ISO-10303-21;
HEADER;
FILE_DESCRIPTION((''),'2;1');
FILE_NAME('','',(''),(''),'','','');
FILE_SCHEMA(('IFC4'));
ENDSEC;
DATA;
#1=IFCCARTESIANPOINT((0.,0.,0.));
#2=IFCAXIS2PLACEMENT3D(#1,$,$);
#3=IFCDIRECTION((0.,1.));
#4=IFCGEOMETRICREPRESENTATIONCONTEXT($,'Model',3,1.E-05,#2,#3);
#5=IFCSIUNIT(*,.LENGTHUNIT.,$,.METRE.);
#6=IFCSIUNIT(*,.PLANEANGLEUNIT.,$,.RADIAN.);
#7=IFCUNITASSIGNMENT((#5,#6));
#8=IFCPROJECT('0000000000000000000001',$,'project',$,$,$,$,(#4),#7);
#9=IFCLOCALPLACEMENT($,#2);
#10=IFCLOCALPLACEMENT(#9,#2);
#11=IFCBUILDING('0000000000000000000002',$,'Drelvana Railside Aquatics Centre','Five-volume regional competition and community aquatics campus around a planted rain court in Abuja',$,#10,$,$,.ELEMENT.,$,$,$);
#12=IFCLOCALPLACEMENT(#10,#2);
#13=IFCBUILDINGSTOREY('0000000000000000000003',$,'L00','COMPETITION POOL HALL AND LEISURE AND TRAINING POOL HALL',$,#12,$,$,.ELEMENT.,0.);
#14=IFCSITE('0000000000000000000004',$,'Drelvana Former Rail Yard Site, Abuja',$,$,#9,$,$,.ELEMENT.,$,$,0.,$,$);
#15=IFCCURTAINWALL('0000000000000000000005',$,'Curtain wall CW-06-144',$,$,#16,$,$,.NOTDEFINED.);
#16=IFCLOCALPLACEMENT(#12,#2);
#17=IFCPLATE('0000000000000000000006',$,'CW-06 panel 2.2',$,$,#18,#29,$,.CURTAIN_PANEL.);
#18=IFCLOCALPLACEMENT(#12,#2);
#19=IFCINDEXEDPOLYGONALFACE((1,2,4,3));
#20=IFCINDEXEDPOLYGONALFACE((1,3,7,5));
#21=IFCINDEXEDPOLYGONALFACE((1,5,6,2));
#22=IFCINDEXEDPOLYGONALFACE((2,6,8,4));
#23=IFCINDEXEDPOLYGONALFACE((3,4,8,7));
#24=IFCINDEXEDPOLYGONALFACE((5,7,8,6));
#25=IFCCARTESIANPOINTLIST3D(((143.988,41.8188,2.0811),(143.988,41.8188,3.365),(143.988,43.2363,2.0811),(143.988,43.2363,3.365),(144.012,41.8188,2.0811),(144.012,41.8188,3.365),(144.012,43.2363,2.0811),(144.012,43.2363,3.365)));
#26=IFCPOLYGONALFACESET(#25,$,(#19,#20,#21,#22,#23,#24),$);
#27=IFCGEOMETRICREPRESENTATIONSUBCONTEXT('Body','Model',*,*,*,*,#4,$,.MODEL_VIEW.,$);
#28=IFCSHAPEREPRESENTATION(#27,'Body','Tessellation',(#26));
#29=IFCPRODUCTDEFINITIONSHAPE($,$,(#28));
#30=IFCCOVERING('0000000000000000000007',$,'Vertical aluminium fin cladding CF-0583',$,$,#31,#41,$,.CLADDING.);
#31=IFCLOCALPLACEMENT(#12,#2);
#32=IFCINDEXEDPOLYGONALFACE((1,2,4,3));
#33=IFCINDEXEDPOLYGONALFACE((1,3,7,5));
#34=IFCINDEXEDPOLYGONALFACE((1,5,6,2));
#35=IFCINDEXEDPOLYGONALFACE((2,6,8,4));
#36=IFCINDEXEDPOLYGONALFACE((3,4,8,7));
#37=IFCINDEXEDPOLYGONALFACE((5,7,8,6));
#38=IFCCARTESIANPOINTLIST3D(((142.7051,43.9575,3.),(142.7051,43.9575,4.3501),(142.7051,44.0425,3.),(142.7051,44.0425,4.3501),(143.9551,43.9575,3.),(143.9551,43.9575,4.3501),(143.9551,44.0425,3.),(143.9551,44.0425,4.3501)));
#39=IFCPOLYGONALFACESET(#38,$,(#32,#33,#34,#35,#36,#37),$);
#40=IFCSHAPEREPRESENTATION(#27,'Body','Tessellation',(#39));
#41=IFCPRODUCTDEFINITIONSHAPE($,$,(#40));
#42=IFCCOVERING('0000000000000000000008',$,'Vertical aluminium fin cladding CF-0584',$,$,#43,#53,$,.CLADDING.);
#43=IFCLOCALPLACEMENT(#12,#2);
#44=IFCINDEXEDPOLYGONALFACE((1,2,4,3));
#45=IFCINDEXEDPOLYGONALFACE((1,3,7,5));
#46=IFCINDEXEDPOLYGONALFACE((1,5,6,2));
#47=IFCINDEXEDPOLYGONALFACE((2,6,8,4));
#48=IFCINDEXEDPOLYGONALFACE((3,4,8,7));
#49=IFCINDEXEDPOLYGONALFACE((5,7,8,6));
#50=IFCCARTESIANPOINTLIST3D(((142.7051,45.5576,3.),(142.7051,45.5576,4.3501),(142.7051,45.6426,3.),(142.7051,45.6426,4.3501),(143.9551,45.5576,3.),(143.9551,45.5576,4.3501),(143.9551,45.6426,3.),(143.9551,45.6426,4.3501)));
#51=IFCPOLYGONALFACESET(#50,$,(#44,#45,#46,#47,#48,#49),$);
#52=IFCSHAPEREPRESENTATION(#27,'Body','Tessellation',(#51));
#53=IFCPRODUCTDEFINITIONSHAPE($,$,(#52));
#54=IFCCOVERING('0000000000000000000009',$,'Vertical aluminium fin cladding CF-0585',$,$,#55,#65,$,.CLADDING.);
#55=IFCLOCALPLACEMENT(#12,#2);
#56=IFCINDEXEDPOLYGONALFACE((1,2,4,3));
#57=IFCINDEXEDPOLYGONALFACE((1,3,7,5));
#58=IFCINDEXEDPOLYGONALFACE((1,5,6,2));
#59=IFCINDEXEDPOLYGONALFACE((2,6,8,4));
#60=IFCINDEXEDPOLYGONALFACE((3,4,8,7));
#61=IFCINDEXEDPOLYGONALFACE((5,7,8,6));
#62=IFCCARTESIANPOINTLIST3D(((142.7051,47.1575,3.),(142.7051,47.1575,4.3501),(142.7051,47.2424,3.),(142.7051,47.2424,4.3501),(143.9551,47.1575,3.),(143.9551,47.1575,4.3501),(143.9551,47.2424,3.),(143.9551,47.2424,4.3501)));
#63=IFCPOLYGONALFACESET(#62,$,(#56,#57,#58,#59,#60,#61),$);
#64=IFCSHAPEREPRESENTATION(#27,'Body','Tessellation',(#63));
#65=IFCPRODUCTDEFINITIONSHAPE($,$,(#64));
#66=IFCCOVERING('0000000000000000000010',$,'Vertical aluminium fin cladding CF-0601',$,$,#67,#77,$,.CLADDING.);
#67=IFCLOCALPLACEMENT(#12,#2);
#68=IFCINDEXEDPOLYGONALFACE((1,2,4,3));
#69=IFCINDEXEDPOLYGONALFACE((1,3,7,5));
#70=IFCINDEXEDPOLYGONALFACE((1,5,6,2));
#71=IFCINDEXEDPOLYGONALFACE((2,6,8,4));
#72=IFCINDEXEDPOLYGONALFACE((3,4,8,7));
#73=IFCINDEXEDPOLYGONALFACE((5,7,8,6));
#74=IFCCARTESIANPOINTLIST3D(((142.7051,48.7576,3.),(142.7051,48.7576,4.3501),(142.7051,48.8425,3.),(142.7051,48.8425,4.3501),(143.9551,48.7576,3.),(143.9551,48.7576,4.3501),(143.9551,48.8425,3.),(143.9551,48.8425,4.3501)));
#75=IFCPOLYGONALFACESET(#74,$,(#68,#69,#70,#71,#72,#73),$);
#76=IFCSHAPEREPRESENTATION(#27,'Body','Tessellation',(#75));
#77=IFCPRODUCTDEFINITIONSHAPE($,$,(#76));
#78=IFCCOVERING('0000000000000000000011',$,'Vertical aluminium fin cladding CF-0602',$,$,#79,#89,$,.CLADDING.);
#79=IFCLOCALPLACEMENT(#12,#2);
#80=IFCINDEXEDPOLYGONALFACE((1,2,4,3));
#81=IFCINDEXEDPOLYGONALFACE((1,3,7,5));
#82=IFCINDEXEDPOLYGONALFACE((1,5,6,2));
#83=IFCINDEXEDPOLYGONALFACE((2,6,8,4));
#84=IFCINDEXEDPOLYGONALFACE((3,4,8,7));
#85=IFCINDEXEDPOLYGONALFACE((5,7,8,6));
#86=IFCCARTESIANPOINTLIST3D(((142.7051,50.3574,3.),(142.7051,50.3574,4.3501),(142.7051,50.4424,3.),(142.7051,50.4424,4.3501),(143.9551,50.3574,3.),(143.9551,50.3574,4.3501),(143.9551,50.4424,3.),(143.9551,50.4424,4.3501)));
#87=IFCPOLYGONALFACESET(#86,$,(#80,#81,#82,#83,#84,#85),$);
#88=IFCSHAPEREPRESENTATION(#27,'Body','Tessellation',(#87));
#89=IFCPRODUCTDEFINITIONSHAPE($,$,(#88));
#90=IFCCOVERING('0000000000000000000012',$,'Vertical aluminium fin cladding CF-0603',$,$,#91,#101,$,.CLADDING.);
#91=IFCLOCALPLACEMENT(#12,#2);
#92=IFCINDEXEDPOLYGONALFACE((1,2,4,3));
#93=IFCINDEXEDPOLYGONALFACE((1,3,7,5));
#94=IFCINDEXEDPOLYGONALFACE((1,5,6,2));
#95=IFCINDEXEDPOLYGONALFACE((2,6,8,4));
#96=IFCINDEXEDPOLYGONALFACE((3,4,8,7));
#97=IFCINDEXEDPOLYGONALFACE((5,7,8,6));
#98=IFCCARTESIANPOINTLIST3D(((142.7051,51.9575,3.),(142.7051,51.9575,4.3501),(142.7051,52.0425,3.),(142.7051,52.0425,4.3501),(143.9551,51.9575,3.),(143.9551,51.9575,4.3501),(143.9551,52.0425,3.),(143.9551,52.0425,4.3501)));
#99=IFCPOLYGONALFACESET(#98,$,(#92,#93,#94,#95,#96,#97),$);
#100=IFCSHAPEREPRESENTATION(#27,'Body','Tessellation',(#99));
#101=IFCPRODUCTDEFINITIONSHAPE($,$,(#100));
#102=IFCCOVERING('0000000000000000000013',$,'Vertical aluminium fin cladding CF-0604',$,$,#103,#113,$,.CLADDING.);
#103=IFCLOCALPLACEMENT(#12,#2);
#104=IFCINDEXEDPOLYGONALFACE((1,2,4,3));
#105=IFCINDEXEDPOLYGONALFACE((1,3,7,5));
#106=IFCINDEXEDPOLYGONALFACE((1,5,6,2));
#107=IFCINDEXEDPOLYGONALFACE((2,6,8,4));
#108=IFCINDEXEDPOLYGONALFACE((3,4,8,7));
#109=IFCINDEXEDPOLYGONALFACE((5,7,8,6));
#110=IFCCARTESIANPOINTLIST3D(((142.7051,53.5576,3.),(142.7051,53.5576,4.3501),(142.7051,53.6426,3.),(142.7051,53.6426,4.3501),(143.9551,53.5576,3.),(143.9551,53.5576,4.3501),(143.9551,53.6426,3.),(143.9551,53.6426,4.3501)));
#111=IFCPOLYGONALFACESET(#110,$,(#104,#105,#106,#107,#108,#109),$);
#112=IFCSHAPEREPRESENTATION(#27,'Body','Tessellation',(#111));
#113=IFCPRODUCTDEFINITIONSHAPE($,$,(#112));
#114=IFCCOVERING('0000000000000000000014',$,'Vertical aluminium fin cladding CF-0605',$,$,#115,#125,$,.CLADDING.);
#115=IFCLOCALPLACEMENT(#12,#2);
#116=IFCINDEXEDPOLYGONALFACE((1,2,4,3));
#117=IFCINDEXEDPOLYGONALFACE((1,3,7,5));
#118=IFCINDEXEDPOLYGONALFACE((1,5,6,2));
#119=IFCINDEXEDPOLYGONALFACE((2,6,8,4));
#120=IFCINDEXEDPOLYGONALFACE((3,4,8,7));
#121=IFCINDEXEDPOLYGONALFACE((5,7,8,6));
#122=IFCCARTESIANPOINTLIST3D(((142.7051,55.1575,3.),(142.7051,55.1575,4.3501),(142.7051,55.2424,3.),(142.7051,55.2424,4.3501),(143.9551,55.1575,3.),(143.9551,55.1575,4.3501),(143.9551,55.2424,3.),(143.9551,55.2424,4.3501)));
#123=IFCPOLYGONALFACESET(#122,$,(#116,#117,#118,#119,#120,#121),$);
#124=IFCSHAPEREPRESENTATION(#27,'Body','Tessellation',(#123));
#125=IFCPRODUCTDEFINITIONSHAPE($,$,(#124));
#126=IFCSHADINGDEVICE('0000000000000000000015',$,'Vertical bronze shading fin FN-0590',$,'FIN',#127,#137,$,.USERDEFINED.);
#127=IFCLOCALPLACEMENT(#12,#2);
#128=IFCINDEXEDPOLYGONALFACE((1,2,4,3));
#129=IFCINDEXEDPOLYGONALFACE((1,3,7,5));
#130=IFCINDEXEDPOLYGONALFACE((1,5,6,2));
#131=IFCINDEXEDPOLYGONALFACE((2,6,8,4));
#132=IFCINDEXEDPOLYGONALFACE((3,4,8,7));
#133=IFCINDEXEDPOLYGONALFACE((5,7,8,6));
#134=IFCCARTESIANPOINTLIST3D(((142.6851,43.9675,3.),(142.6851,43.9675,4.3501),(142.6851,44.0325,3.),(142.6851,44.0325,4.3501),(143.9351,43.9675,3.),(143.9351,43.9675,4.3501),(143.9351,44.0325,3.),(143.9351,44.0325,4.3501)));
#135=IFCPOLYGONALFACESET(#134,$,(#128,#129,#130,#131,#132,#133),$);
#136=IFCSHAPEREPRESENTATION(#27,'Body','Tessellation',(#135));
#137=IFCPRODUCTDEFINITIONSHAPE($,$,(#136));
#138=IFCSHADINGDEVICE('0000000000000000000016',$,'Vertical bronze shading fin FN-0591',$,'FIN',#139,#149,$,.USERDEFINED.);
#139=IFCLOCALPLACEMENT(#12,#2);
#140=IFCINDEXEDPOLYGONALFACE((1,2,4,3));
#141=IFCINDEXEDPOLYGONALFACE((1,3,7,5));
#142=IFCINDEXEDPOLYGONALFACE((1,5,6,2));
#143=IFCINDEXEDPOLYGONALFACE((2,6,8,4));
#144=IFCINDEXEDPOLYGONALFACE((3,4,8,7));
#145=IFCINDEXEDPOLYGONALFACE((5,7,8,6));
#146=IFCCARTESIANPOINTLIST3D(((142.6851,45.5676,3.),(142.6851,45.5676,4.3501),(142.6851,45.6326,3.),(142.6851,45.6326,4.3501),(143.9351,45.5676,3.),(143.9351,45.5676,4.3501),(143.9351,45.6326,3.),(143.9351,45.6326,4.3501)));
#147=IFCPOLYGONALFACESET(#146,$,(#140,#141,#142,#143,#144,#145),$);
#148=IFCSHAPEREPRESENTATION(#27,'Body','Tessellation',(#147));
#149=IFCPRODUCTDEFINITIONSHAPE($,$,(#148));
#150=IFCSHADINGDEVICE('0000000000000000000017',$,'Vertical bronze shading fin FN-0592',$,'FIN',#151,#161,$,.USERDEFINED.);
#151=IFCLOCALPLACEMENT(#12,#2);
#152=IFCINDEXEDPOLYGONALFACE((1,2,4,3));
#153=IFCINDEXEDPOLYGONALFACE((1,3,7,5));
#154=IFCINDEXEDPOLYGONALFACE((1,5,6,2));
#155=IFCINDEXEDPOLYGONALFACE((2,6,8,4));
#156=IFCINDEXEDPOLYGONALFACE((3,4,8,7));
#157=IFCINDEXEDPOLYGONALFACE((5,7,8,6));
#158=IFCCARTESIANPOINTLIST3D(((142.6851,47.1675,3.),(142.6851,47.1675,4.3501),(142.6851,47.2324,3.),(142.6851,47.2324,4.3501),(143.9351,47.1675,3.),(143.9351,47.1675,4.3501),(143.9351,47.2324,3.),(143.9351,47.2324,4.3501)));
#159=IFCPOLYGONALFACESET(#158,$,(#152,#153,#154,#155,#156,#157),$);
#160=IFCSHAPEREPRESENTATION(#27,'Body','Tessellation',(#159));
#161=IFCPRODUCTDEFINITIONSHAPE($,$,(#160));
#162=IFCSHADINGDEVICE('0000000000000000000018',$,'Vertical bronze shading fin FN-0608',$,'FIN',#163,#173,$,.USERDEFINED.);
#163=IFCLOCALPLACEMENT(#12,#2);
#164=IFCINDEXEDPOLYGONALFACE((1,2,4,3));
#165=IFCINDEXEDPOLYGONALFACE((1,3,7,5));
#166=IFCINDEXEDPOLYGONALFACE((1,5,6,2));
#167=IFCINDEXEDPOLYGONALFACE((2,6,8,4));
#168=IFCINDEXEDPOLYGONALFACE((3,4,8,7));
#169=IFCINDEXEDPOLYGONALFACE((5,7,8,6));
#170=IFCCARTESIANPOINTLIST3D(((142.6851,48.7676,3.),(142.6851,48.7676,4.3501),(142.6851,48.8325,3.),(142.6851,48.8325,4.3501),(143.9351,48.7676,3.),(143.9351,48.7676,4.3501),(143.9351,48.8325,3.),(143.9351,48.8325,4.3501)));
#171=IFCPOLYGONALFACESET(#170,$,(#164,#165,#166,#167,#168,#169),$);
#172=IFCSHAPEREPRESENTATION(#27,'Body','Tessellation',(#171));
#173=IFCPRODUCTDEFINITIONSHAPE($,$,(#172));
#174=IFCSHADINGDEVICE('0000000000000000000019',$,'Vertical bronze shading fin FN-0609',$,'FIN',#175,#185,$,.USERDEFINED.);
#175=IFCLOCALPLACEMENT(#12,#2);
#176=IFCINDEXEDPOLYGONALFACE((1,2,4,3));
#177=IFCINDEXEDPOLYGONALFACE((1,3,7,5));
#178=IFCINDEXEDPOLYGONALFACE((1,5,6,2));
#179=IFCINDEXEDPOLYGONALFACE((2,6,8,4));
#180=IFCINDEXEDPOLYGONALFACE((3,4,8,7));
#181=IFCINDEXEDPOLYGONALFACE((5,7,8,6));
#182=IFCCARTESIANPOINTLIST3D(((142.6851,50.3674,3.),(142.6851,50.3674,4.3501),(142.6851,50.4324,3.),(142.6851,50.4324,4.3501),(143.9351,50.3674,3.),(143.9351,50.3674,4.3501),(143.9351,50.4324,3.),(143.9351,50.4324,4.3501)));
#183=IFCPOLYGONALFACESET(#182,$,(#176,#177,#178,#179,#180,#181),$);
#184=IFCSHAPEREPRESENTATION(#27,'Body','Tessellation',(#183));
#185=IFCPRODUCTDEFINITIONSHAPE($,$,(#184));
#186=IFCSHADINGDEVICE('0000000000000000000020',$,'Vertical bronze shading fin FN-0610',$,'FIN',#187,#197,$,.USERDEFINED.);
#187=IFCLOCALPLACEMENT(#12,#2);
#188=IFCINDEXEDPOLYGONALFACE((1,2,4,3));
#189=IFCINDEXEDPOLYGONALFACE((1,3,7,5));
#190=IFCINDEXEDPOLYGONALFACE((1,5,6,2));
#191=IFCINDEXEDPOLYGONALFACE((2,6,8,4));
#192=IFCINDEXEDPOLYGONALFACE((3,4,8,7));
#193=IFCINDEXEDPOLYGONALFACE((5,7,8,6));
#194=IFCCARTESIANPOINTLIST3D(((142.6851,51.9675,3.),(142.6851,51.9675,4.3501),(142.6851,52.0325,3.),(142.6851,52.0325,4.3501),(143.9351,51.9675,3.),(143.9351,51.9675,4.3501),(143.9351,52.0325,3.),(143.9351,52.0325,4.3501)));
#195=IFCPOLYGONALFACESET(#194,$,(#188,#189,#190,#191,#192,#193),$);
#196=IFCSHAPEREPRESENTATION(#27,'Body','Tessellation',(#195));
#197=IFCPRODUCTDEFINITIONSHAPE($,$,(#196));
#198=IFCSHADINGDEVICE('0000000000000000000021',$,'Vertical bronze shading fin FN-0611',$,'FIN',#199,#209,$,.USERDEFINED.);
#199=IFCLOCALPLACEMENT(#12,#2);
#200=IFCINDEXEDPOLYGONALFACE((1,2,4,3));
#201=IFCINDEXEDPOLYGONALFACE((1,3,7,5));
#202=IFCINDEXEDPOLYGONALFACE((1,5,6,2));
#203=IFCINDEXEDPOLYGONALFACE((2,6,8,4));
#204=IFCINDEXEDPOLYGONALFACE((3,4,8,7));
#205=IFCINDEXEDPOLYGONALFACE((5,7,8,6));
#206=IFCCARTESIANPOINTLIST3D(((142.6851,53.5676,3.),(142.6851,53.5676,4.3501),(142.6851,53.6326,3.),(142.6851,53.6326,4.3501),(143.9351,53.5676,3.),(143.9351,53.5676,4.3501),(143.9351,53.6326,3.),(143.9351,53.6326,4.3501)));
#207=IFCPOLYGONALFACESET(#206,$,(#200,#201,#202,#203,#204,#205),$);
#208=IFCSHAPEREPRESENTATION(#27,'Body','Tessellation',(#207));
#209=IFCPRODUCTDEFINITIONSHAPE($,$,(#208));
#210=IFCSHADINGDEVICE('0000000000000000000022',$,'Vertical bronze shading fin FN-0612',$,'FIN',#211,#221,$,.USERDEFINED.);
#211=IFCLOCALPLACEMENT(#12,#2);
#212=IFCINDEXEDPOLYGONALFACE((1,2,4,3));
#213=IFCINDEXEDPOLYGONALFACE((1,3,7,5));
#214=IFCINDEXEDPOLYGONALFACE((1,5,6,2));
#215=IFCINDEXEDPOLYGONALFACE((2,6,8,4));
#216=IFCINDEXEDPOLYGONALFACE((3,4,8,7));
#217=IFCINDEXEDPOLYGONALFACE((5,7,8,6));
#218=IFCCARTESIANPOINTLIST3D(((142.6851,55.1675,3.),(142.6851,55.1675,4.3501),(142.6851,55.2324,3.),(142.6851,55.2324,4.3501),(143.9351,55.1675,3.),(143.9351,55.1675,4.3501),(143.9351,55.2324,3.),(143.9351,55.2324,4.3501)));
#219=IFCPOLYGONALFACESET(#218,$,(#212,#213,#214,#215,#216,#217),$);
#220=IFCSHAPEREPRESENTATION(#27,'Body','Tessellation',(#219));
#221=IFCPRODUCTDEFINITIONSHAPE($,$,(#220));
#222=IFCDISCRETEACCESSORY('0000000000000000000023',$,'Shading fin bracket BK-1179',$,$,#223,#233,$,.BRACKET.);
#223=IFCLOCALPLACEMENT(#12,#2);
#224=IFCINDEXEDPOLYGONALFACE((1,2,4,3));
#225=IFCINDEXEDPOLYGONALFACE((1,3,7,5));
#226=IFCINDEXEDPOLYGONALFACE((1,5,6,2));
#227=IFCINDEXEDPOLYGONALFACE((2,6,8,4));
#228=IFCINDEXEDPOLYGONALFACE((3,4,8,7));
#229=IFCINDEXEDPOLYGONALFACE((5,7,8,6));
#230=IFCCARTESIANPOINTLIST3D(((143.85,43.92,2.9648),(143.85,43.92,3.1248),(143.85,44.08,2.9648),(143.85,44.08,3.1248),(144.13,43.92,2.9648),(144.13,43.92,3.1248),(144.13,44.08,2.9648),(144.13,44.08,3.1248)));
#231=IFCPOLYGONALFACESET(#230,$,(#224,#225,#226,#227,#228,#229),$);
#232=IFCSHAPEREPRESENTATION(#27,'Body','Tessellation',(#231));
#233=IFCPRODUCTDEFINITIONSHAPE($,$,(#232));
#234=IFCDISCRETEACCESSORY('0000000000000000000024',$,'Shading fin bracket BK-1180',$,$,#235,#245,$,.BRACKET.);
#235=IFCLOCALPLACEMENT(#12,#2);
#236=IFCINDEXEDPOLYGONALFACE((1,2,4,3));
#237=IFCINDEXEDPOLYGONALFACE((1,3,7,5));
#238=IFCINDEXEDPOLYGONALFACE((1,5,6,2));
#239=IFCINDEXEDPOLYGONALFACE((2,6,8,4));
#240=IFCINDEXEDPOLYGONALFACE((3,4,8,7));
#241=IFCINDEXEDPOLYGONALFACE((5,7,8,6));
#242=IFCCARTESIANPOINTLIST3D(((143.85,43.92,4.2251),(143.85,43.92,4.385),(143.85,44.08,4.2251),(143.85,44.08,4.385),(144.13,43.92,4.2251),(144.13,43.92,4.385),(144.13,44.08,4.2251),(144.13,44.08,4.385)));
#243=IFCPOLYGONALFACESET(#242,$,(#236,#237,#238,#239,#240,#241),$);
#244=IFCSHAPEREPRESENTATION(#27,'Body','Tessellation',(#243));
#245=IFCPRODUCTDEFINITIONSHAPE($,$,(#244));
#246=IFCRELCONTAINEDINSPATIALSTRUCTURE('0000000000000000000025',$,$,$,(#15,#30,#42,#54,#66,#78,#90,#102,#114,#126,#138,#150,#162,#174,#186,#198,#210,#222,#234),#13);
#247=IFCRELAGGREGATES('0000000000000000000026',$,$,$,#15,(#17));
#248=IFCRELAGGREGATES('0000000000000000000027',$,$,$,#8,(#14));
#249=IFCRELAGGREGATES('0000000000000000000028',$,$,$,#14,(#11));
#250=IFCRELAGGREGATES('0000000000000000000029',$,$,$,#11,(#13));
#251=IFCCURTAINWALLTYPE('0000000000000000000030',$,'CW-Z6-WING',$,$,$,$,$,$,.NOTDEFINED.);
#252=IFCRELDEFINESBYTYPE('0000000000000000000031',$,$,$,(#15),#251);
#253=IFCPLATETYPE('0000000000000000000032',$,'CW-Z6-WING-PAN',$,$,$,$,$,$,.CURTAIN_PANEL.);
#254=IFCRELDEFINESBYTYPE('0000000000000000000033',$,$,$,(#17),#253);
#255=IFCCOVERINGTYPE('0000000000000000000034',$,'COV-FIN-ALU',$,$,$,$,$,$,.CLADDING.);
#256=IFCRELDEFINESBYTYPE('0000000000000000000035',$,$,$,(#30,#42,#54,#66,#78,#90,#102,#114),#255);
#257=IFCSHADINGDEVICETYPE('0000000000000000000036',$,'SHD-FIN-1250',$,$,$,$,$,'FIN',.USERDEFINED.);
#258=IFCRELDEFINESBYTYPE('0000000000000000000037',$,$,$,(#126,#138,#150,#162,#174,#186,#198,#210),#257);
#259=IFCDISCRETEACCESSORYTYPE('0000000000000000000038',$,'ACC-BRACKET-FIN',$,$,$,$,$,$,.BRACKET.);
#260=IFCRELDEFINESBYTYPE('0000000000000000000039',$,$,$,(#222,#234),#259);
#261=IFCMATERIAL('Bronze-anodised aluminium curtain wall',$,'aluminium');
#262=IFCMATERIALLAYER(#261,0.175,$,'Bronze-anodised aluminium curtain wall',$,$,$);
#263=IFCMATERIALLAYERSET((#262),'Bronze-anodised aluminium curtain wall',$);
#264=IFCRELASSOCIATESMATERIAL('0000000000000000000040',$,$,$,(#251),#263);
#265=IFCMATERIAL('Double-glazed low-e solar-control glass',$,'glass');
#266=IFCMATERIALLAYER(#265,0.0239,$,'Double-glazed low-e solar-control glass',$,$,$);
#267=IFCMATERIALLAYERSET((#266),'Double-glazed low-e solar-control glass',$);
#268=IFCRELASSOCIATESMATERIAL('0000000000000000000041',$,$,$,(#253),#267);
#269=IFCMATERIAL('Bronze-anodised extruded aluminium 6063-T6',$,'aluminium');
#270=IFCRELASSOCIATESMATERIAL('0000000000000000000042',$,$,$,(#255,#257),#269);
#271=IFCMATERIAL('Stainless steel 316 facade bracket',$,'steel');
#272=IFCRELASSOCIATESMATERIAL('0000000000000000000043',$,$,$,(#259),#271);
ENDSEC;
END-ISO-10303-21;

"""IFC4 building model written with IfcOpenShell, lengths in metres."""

from ifc_helpers import new_model, si_unit, direction, frame, origin, origin_2d, place, context, subcontext, project, spatial, rectangle, extrude, material, layer, layer_set, type_object, element, aggregate, save


model = new_model("IFC4")

# Units and contexts
model_context = context("Model", 3, precision=1e-05, world=origin(), true_north=direction((0.0, 1.0)))
body_context = subcontext(model_context, "Body", "Model", "MODEL_VIEW")
ifc_project = project(units=[si_unit("LENGTHUNIT", "METRE"), si_unit("PLANEANGLEUNIT", "RADIAN")], contexts=[model_context])

# Site, building, storey
site_placement = place(None, origin())
site = spatial("IfcSite", under=ifc_project, at=site_placement, Name="Drelvana Former Rail Yard Site, Abuja", CompositionType="ELEMENT", RefElevation=0.0)
building_placement = place(site_placement, origin())
building = spatial("IfcBuilding", under=site, at=building_placement, Name="Drelvana Railside Aquatics Centre", Description="Five-volume regional competition and community aquatics campus around a planted rain court in Abuja", CompositionType="ELEMENT")
storey_placement = place(building_placement, origin())
storey = spatial("IfcBuildingStorey", under=building, at=storey_placement, Name="L00", Description="COMPETITION POOL HALL AND LEISURE AND TRAINING POOL HALL", CompositionType="ELEMENT", Elevation=0.0)

# Curtain wall, plate
ifc_material_1 = material(Name="Bronze-anodised aluminium curtain wall", Category="aluminium")
ifc_layer_1 = layer(ifc_material_1, 0.175, Name="Bronze-anodised aluminium curtain wall")
ifc_layer_set_1 = layer_set([ifc_layer_1], Name="Bronze-anodised aluminium curtain wall")
curtain_wall_type = type_object("IfcCurtainWallType", Name="CW-Z6-WING", PredefinedType="NOTDEFINED", material=ifc_layer_set_1)
curtain_wall_placement = place(storey_placement, origin())
curtain_wall = element("IfcCurtainWall", 1, at=curtain_wall_placement, inside=storey, type_object=curtain_wall_type, Name="Curtain wall CW-06-144", PredefinedType="NOTDEFINED")
ifc_material_2 = material(Name="Double-glazed low-e solar-control glass", Category="glass")
ifc_layer_2 = layer(ifc_material_2, 0.0239, Name="Double-glazed low-e solar-control glass")
ifc_layer_set_2 = layer_set([ifc_layer_2], Name="Double-glazed low-e solar-control glass")
plate_type = type_object("IfcPlateType", Name="CW-Z6-WING-PAN", PredefinedType="CURTAIN_PANEL", material=ifc_layer_set_2)
plate_placement = place(storey_placement, frame((144.0, 42.5276, 2.0811), z_axis=(0.0, 0.0, 1.0), x_axis=(0.0, 1.0, 0.0)))
plate = element("IfcPlate", 2, at=plate_placement, type_object=plate_type, Name="CW-06 panel 2.2", PredefinedType="CURTAIN_PANEL", context=body_context, shape_type="SweptSolid", body=[
    extrude(rectangle(XDim=1.4175, YDim=0.0239, at=origin_2d()), origin(), (0.0, 0.0, 1.0), 1.2839),
])
aggregate(curtain_wall, [plate])

# Coverings
ifc_material_3 = material(Name="Bronze-anodised extruded aluminium 6063-T6", Category="aluminium")
covering_type = type_object("IfcCoveringType", Name="COV-FIN-ALU", PredefinedType="CLADDING", material=ifc_material_3)
for number, where, z_axis, x_axis, name in (
    (3, (143.3301, 44.0, 3.0), (0.0, 0.0, 1.0), (0.0, 1.0, 0.0), "Vertical aluminium fin cladding CF-0583"),
    (4, (143.3301, 45.6001, 3.0), (0.0, 0.0, 1.0), (0.0, 1.0, 0.0), "Vertical aluminium fin cladding CF-0584"),
    (5, (143.3301, 47.2, 3.0), (0.0, 0.0, 1.0), (0.0, 1.0, 0.0), "Vertical aluminium fin cladding CF-0585"),
    (6, (143.3301, 48.8, 3.0), (0.0, 0.0, 1.0), (0.0, 1.0, 0.0), "Vertical aluminium fin cladding CF-0601"),
    (7, (143.3301, 50.3999, 3.0), (0.0, 0.0, 1.0), (0.0, 1.0, 0.0), "Vertical aluminium fin cladding CF-0602"),
    (8, (143.3301, 52.0, 3.0), (0.0, 0.0, 1.0), (0.0, 1.0, 0.0), "Vertical aluminium fin cladding CF-0603"),
    (9, (143.3301, 53.6001, 3.0), (0.0, 0.0, 1.0), (0.0, 1.0, 0.0), "Vertical aluminium fin cladding CF-0604"),
    (10, (143.3301, 55.2, 3.0), (0.0, 0.0, 1.0), (0.0, 1.0, 0.0), "Vertical aluminium fin cladding CF-0605"),
):
    element("IfcCovering", number, at=place(storey_placement, frame(where, z_axis=z_axis, x_axis=x_axis)), inside=storey, type_object=covering_type, Name=name, PredefinedType="CLADDING", context=body_context, shape_type="SweptSolid", body=[
        extrude(rectangle(XDim=0.085, YDim=1.25, at=origin_2d()), origin(), (0.0, 0.0, 1.0), 1.3501),
    ])

# Shading devices
shading_device_type = type_object("IfcShadingDeviceType", Name="SHD-FIN-1250", ElementType="FIN", PredefinedType="USERDEFINED", material=ifc_material_3)
for number, where, z_axis, x_axis, name in (
    (11, (143.3101, 44.0, 3.0), (0.0, 0.0, 1.0), (-1.0, 0.0, 0.0), "Vertical bronze shading fin FN-0590"),
    (12, (143.3101, 45.6001, 3.0), (0.0, 0.0, 1.0), (-1.0, 0.0, 0.0), "Vertical bronze shading fin FN-0591"),
    (13, (143.3101, 47.2, 3.0), (0.0, 0.0, 1.0), (-1.0, 0.0, 0.0), "Vertical bronze shading fin FN-0592"),
    (14, (143.3101, 48.8, 3.0), (0.0, 0.0, 1.0), (-1.0, 0.0, 0.0), "Vertical bronze shading fin FN-0608"),
    (15, (143.3101, 50.3999, 3.0), (0.0, 0.0, 1.0), (-1.0, 0.0, 0.0), "Vertical bronze shading fin FN-0609"),
    (16, (143.3101, 52.0, 3.0), (0.0, 0.0, 1.0), (-1.0, 0.0, 0.0), "Vertical bronze shading fin FN-0610"),
    (17, (143.3101, 53.6001, 3.0), (0.0, 0.0, 1.0), (-1.0, 0.0, 0.0), "Vertical bronze shading fin FN-0611"),
    (18, (143.3101, 55.2, 3.0), (0.0, 0.0, 1.0), (-1.0, 0.0, 0.0), "Vertical bronze shading fin FN-0612"),
):
    element("IfcShadingDevice", number, at=place(storey_placement, frame(where, z_axis=z_axis, x_axis=x_axis)), inside=storey, type_object=shading_device_type, Name=name, ObjectType="FIN", PredefinedType="USERDEFINED", context=body_context, shape_type="SweptSolid", body=[
        extrude(rectangle(XDim=1.25, YDim=0.0649, at=origin_2d()), origin(), (0.0, 0.0, 1.0), 1.3501),
    ])

# Discrete accessories
ifc_material_4 = material(Name="Stainless steel 316 facade bracket", Category="steel")
discrete_accessory_type = type_object("IfcDiscreteAccessoryType", Name="ACC-BRACKET-FIN", PredefinedType="BRACKET", material=ifc_material_4)
for number, where, z_axis, x_axis, name in (
    (19, (143.99, 44.0, 2.9648), (0.0, 0.0, 1.0), (-1.0, 0.0, 0.0), "Shading fin bracket BK-1179"),
    (20, (143.99, 44.0, 4.2251), (0.0, 0.0, 1.0), (-1.0, 0.0, 0.0), "Shading fin bracket BK-1180"),
):
    element("IfcDiscreteAccessory", number, at=place(storey_placement, frame(where, z_axis=z_axis, x_axis=x_axis)), inside=storey, type_object=discrete_accessory_type, Name=name, PredefinedType="BRACKET", context=body_context, shape_type="SweptSolid", body=[
        extrude(rectangle(XDim=0.28, YDim=0.1599, at=origin_2d()), origin(), (0.0, 0.0, 1.0), 0.1599),
    ])

save(model, "model.ifc")
